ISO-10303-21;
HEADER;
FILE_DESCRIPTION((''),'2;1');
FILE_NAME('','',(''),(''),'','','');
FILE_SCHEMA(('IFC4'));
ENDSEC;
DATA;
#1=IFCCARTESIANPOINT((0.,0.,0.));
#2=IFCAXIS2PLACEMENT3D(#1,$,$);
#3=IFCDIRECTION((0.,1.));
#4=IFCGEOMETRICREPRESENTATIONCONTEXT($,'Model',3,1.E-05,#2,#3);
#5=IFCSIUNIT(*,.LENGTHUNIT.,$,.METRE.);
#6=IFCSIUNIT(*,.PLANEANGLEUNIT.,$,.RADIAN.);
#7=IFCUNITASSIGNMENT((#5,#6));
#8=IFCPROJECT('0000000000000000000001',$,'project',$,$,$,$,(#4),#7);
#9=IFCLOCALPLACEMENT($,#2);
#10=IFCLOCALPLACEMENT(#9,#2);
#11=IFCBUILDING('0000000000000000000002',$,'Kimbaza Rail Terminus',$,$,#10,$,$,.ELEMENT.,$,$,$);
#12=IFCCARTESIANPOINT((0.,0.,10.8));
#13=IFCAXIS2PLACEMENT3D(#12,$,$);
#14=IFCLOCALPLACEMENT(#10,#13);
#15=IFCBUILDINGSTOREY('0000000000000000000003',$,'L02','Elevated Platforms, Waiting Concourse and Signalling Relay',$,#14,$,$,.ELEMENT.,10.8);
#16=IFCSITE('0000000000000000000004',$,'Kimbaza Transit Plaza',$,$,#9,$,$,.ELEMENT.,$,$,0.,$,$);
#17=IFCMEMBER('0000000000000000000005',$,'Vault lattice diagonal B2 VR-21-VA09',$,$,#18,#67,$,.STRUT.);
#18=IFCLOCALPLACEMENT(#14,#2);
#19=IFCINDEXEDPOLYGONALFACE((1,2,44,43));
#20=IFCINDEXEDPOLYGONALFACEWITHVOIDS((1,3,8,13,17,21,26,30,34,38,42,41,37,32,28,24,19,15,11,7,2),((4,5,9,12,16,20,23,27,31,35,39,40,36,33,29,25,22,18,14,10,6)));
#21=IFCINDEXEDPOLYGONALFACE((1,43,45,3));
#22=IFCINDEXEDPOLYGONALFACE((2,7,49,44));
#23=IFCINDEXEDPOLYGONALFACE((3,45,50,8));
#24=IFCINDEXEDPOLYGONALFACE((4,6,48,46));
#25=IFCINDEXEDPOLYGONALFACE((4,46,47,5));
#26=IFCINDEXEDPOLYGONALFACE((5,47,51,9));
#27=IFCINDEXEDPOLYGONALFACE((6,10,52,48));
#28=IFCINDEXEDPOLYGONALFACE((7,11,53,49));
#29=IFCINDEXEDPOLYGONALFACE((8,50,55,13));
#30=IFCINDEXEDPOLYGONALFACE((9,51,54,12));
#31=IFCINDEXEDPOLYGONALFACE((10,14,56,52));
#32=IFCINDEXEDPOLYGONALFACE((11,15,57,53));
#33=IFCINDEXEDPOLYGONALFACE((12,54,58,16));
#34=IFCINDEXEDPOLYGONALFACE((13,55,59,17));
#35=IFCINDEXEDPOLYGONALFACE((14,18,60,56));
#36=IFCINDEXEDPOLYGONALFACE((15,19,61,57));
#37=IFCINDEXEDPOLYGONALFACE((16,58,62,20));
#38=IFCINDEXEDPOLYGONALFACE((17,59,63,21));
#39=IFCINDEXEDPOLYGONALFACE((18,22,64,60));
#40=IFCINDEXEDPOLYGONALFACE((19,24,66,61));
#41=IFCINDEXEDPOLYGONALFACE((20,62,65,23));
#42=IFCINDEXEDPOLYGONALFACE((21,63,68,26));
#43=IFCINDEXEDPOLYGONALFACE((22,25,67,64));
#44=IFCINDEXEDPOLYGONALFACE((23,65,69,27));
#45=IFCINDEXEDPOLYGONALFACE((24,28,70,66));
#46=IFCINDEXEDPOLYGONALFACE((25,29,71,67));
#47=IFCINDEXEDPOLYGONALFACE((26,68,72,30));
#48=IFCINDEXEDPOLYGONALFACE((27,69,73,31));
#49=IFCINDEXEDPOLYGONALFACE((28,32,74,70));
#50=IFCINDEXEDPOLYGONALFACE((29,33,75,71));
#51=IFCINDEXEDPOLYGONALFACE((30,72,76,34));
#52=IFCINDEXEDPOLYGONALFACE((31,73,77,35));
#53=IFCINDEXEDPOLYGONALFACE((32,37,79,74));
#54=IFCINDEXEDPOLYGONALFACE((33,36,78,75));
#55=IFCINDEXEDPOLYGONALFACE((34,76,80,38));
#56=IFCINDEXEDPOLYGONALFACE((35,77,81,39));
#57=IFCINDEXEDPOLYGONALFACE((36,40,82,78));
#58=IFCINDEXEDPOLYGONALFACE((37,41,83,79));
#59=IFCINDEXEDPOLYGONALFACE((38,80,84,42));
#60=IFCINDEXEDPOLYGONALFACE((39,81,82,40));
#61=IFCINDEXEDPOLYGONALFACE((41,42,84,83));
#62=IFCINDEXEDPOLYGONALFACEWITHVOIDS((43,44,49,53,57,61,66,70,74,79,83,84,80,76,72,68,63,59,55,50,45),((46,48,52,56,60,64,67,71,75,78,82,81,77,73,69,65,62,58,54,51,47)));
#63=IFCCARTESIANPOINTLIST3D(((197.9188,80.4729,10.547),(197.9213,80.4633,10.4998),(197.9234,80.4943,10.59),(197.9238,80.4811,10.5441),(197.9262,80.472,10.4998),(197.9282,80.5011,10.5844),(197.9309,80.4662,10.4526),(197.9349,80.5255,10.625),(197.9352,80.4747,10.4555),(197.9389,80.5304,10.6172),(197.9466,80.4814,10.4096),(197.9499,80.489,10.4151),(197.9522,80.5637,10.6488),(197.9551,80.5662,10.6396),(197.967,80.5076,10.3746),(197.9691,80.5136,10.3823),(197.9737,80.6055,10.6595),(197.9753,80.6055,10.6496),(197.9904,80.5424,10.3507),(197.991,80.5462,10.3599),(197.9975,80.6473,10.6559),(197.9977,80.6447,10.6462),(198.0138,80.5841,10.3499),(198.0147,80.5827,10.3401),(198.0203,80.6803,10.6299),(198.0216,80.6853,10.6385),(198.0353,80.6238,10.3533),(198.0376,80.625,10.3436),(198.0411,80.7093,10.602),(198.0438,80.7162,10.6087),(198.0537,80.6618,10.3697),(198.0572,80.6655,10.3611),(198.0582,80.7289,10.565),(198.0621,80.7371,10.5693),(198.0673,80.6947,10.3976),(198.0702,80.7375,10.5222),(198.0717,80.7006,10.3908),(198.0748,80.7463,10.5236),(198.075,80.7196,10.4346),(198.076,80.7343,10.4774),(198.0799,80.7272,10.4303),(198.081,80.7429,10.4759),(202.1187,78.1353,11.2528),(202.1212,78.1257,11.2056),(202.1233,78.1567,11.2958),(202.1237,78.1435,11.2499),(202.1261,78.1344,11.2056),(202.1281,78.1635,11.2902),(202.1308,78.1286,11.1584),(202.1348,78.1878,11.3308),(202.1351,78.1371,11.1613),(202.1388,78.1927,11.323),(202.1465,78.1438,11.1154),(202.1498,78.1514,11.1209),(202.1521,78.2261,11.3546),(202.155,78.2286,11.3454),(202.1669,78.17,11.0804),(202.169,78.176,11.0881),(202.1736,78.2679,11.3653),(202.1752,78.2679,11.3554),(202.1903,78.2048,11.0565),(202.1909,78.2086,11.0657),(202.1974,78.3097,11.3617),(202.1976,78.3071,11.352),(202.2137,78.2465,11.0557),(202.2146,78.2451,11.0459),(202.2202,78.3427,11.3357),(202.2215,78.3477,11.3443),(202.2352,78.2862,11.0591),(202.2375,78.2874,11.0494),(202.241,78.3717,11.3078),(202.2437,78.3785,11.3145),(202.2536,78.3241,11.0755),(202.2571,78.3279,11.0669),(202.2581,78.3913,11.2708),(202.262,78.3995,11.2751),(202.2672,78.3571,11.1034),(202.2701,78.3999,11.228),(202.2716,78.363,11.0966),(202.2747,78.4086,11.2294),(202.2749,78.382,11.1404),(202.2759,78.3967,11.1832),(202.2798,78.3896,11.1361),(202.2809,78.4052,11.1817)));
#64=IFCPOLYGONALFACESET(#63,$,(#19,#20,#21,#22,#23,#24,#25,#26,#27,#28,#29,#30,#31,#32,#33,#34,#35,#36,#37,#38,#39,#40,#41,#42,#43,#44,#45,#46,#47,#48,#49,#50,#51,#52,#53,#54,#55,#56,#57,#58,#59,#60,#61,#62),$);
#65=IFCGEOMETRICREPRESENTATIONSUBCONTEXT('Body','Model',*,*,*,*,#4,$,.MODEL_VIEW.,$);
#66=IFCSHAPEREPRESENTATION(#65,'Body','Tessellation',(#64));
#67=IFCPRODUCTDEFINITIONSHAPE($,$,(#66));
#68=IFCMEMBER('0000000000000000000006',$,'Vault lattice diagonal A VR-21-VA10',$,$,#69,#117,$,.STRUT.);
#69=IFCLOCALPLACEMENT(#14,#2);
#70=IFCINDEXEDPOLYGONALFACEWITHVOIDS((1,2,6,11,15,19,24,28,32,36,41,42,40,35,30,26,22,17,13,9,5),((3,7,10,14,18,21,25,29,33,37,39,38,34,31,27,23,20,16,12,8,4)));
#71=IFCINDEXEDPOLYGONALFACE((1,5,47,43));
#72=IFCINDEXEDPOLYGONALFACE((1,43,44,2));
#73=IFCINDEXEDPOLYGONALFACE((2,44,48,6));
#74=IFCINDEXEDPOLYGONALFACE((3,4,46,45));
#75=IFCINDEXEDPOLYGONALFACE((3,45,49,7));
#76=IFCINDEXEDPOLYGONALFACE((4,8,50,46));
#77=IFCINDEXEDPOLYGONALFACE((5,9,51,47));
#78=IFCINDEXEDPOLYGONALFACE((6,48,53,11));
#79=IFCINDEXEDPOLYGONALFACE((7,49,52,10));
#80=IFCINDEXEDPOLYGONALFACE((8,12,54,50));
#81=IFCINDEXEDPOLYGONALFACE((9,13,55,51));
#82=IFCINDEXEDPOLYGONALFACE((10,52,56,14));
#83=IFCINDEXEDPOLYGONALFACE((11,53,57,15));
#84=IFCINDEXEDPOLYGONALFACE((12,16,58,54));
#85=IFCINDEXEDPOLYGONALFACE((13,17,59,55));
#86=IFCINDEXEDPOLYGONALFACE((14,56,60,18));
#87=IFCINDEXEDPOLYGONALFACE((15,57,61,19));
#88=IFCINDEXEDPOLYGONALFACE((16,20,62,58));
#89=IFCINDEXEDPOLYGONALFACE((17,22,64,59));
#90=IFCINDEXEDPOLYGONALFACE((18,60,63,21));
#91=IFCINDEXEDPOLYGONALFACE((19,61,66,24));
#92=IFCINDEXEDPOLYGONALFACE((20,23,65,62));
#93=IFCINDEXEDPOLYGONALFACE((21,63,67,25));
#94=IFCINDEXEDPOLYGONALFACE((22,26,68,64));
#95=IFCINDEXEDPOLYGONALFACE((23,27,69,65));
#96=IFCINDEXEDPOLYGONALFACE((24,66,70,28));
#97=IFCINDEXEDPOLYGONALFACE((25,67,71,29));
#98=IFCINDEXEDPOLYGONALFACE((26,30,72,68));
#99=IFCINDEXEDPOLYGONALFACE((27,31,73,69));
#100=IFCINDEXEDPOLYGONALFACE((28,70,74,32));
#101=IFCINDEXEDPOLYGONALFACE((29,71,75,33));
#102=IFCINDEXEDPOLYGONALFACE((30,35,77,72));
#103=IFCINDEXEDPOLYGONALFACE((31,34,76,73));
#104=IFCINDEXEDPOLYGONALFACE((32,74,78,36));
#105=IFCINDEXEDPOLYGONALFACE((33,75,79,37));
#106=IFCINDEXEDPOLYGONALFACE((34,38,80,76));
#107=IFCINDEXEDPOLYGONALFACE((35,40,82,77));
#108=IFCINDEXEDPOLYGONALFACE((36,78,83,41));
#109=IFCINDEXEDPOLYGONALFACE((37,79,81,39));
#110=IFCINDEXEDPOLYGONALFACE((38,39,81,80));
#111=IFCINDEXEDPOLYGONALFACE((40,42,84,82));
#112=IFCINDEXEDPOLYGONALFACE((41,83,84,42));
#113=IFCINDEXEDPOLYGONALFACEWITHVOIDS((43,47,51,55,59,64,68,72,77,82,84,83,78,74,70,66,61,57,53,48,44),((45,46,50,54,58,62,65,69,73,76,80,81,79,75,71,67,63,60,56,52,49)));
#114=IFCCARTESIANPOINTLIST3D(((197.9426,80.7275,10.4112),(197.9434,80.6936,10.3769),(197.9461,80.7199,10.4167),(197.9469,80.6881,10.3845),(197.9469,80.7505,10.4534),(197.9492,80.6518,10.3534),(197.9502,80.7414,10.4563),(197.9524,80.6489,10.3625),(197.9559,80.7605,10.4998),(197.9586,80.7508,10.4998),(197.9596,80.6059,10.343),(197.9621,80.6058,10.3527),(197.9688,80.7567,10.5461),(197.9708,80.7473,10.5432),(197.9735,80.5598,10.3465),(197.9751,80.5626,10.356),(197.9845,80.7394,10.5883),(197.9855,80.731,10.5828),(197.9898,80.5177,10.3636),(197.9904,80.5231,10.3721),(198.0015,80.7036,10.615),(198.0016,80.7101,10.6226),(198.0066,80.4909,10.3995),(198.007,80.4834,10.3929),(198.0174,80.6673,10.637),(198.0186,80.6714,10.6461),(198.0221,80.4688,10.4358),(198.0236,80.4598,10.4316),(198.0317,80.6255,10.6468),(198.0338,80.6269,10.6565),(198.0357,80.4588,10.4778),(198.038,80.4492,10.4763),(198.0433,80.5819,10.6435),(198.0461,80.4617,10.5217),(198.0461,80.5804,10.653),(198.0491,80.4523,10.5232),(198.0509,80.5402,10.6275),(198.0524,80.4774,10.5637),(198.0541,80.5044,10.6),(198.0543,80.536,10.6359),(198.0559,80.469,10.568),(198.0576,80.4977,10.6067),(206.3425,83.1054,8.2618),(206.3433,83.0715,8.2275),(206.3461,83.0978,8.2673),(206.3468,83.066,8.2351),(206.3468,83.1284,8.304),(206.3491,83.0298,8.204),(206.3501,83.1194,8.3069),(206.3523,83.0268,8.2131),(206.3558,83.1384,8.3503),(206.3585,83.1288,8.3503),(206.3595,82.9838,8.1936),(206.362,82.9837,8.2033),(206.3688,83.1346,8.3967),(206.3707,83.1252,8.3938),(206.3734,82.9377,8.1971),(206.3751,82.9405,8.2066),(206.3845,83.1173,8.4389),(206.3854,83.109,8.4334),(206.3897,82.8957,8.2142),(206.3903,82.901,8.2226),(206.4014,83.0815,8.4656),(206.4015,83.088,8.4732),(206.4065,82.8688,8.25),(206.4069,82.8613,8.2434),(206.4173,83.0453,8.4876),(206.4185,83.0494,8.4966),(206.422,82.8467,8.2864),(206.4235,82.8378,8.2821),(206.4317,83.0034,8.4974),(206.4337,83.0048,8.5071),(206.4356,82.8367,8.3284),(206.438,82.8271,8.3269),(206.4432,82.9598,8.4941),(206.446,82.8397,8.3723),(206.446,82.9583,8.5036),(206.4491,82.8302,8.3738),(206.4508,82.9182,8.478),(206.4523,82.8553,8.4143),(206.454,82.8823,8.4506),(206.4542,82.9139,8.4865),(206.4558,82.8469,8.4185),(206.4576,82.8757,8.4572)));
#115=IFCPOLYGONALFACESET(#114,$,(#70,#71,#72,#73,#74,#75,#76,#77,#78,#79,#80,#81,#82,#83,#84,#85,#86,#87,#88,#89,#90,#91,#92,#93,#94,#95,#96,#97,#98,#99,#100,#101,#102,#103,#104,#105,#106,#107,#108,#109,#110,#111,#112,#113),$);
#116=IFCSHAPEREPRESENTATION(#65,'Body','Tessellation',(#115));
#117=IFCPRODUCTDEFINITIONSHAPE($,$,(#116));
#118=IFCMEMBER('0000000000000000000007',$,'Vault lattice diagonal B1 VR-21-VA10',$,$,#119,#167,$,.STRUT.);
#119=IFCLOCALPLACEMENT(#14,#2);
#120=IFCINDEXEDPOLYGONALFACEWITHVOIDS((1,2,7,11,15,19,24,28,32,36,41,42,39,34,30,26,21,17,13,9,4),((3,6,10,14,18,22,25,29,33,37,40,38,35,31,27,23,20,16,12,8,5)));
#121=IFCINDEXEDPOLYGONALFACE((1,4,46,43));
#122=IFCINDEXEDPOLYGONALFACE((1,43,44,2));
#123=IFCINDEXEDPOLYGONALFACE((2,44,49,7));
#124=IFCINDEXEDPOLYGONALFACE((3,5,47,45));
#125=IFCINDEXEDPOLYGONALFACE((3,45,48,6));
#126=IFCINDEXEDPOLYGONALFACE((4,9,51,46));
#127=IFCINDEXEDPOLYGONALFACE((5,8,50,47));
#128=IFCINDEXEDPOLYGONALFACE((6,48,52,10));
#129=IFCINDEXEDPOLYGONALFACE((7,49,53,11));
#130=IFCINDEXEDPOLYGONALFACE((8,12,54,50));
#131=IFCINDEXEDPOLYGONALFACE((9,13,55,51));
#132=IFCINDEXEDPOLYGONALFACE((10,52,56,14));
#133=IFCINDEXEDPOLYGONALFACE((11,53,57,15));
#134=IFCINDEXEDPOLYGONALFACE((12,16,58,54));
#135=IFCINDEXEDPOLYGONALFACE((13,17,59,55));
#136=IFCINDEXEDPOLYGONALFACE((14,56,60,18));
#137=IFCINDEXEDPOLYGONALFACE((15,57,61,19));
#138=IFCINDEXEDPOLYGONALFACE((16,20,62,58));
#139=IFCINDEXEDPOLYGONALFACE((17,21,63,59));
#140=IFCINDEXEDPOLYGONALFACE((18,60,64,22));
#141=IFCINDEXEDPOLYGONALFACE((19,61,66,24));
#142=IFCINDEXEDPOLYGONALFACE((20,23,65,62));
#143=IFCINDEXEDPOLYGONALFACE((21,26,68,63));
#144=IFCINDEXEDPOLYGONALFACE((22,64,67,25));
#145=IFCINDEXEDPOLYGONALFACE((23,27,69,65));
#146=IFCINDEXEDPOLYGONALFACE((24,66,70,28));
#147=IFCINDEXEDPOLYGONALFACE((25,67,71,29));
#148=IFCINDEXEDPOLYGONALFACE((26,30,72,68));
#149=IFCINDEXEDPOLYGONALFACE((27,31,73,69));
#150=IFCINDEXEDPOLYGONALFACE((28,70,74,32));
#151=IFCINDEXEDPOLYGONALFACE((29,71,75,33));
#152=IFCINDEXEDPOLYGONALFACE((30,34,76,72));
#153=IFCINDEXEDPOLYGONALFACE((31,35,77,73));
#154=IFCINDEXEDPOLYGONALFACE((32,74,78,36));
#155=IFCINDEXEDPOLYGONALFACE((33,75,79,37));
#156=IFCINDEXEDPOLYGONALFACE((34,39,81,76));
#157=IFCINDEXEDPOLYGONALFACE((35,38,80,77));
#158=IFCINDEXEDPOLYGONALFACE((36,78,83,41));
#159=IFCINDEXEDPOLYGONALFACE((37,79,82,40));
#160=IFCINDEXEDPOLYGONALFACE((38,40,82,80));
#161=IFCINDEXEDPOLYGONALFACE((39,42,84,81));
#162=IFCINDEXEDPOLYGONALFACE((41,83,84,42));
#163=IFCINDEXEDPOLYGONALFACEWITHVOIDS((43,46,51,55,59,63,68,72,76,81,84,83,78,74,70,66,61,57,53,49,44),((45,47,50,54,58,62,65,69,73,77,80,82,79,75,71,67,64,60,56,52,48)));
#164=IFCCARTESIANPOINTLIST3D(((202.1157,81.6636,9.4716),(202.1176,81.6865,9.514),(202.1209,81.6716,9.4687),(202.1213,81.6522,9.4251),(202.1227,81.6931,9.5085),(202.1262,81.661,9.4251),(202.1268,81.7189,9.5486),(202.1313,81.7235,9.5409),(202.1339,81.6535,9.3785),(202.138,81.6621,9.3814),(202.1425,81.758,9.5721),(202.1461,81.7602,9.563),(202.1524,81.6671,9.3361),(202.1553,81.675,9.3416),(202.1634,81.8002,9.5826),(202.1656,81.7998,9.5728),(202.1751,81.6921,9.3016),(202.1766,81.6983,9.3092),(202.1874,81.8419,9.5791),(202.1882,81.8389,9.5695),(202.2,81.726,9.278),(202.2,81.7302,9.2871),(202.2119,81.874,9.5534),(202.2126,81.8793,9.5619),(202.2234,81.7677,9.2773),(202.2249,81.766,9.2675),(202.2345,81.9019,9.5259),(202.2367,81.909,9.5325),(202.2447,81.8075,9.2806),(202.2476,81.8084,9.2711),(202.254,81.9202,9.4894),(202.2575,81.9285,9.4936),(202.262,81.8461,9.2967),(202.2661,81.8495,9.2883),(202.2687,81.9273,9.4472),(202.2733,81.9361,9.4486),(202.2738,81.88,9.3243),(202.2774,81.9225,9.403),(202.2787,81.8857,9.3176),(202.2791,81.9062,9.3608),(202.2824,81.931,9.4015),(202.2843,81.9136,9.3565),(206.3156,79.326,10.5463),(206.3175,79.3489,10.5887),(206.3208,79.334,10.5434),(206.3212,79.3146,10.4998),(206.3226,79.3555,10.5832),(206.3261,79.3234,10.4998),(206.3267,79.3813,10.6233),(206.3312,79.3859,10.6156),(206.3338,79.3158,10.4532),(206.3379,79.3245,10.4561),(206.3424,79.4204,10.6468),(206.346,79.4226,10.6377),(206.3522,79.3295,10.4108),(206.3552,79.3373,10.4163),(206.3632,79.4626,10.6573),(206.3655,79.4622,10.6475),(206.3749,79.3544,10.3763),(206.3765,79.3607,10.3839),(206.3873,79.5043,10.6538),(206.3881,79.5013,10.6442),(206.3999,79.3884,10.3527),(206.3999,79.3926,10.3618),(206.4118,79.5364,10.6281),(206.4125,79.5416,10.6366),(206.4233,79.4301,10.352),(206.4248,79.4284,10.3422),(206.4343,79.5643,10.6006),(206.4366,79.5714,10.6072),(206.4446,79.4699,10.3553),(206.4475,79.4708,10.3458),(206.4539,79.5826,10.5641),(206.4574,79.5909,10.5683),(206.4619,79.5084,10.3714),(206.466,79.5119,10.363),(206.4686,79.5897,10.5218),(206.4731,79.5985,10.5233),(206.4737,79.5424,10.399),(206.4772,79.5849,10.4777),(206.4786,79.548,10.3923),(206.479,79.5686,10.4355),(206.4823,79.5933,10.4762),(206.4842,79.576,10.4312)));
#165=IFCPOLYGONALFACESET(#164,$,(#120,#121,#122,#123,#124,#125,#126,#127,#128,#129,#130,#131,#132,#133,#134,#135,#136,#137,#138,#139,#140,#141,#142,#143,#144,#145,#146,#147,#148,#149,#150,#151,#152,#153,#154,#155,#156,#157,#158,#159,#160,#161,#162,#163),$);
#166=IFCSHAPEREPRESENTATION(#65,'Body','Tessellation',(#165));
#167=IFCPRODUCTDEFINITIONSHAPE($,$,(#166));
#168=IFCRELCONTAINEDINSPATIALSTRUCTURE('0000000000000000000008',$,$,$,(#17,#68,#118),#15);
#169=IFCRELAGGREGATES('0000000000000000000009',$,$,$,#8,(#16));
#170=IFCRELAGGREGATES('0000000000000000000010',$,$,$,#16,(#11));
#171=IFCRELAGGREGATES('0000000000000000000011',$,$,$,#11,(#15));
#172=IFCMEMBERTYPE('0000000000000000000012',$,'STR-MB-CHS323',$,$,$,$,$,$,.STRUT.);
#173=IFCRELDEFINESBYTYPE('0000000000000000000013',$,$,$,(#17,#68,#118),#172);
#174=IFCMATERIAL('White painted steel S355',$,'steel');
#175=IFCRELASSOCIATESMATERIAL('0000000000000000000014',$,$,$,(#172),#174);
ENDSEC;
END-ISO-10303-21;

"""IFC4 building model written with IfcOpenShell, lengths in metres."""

from ifc_helpers import new_model, si_unit, direction, frame, origin, origin_2d, place, context, subcontext, project, spatial, hollow_circle, extrude, material, material_profile, profile_set, type_object, element, save


model = new_model("IFC4")

# Units and contexts
model_context = context("Model", 3, precision=1e-05, world=origin(), true_north=direction((0.0, 1.0)))
body_context = subcontext(model_context, "Body", "Model", "MODEL_VIEW")
ifc_project = project(units=[si_unit("LENGTHUNIT", "METRE"), si_unit("PLANEANGLEUNIT", "RADIAN")], contexts=[model_context])

# Site, building, storey
site_placement = place(None, origin())
site = spatial("IfcSite", under=ifc_project, at=site_placement, Name="Kimbaza Transit Plaza", CompositionType="ELEMENT", RefElevation=0.0)
building_placement = place(site_placement, origin())
building = spatial("IfcBuilding", under=site, at=building_placement, Name="Kimbaza Rail Terminus", CompositionType="ELEMENT")
storey_placement = place(building_placement, frame((0.0, 0.0, 10.8)))
storey = spatial("IfcBuildingStorey", under=building, at=storey_placement, Name="L02", Description="Elevated Platforms, Waiting Concourse and Signalling Relay", CompositionType="ELEMENT", Elevation=10.8)

# Members
ifc_material_1 = material(Name="White painted steel S355", Category="steel")
ifc_material_profile_1 = material_profile(ifc_material_1, hollow_circle(Radius=0.1619, WallThickness=0.01, at=origin_2d()), Name="CHS 323.9x10")
ifc_profile_set_1 = profile_set([ifc_material_profile_1], Name="White painted steel S355")
member_type_1 = type_object("IfcMemberType", Name="STR-MB-CHS323", PredefinedType="STRUT", material=ifc_profile_set_1)
member_1_placement = place(storey_placement, frame((202.2, 78.2671, 11.2056), z_axis=(-0.864503, 0.481173, -0.145282), x_axis=(-0.486333, -0.873774, 0.0)))
element("IfcMember", 1, at=member_1_placement, inside=storey, type_object=member_type_1, Name="Vault lattice diagonal B2 VR-21-VA09", PredefinedType="STRUT", context=body_context, shape_type="SweptSolid", body=[
    extrude(hollow_circle(Radius=0.1619, WallThickness=0.01, at=origin_2d()), origin(), (0.0, 0.0, 1.0), 4.8582),
])
member_2_placement = place(storey_placement, frame((198.0, 80.6047, 10.4998), z_axis=(0.934287, 0.264487, -0.239071), x_axis=(-0.272386, 0.962188, 0.0)))
element("IfcMember", 2, at=member_2_placement, inside=storey, type_object=member_type_1, Name="Vault lattice diagonal A VR-21-VA10", PredefinedType="STRUT", context=body_context, shape_type="SweptSolid", body=[
    extrude(hollow_circle(Radius=0.1619, WallThickness=0.01, at=origin_2d()), origin(), (0.0, 0.0, 1.0), 8.9907),
])
member_3_placement = place(storey_placement, frame((206.3999, 79.4561, 10.4998), z_axis=(-0.85272, 0.474614, -0.218199), x_axis=(-0.486333, -0.873774, 0.0)))
element("IfcMember", 3, at=member_3_placement, inside=storey, type_object=member_type_1, Name="Vault lattice diagonal B1 VR-21-VA10", PredefinedType="STRUT", context=body_context, shape_type="SweptSolid", body=[
    extrude(hollow_circle(Radius=0.1619, WallThickness=0.01, at=origin_2d()), origin(), (0.0, 0.0, 1.0), 4.9253),
])

save(model, "model.ifc")
